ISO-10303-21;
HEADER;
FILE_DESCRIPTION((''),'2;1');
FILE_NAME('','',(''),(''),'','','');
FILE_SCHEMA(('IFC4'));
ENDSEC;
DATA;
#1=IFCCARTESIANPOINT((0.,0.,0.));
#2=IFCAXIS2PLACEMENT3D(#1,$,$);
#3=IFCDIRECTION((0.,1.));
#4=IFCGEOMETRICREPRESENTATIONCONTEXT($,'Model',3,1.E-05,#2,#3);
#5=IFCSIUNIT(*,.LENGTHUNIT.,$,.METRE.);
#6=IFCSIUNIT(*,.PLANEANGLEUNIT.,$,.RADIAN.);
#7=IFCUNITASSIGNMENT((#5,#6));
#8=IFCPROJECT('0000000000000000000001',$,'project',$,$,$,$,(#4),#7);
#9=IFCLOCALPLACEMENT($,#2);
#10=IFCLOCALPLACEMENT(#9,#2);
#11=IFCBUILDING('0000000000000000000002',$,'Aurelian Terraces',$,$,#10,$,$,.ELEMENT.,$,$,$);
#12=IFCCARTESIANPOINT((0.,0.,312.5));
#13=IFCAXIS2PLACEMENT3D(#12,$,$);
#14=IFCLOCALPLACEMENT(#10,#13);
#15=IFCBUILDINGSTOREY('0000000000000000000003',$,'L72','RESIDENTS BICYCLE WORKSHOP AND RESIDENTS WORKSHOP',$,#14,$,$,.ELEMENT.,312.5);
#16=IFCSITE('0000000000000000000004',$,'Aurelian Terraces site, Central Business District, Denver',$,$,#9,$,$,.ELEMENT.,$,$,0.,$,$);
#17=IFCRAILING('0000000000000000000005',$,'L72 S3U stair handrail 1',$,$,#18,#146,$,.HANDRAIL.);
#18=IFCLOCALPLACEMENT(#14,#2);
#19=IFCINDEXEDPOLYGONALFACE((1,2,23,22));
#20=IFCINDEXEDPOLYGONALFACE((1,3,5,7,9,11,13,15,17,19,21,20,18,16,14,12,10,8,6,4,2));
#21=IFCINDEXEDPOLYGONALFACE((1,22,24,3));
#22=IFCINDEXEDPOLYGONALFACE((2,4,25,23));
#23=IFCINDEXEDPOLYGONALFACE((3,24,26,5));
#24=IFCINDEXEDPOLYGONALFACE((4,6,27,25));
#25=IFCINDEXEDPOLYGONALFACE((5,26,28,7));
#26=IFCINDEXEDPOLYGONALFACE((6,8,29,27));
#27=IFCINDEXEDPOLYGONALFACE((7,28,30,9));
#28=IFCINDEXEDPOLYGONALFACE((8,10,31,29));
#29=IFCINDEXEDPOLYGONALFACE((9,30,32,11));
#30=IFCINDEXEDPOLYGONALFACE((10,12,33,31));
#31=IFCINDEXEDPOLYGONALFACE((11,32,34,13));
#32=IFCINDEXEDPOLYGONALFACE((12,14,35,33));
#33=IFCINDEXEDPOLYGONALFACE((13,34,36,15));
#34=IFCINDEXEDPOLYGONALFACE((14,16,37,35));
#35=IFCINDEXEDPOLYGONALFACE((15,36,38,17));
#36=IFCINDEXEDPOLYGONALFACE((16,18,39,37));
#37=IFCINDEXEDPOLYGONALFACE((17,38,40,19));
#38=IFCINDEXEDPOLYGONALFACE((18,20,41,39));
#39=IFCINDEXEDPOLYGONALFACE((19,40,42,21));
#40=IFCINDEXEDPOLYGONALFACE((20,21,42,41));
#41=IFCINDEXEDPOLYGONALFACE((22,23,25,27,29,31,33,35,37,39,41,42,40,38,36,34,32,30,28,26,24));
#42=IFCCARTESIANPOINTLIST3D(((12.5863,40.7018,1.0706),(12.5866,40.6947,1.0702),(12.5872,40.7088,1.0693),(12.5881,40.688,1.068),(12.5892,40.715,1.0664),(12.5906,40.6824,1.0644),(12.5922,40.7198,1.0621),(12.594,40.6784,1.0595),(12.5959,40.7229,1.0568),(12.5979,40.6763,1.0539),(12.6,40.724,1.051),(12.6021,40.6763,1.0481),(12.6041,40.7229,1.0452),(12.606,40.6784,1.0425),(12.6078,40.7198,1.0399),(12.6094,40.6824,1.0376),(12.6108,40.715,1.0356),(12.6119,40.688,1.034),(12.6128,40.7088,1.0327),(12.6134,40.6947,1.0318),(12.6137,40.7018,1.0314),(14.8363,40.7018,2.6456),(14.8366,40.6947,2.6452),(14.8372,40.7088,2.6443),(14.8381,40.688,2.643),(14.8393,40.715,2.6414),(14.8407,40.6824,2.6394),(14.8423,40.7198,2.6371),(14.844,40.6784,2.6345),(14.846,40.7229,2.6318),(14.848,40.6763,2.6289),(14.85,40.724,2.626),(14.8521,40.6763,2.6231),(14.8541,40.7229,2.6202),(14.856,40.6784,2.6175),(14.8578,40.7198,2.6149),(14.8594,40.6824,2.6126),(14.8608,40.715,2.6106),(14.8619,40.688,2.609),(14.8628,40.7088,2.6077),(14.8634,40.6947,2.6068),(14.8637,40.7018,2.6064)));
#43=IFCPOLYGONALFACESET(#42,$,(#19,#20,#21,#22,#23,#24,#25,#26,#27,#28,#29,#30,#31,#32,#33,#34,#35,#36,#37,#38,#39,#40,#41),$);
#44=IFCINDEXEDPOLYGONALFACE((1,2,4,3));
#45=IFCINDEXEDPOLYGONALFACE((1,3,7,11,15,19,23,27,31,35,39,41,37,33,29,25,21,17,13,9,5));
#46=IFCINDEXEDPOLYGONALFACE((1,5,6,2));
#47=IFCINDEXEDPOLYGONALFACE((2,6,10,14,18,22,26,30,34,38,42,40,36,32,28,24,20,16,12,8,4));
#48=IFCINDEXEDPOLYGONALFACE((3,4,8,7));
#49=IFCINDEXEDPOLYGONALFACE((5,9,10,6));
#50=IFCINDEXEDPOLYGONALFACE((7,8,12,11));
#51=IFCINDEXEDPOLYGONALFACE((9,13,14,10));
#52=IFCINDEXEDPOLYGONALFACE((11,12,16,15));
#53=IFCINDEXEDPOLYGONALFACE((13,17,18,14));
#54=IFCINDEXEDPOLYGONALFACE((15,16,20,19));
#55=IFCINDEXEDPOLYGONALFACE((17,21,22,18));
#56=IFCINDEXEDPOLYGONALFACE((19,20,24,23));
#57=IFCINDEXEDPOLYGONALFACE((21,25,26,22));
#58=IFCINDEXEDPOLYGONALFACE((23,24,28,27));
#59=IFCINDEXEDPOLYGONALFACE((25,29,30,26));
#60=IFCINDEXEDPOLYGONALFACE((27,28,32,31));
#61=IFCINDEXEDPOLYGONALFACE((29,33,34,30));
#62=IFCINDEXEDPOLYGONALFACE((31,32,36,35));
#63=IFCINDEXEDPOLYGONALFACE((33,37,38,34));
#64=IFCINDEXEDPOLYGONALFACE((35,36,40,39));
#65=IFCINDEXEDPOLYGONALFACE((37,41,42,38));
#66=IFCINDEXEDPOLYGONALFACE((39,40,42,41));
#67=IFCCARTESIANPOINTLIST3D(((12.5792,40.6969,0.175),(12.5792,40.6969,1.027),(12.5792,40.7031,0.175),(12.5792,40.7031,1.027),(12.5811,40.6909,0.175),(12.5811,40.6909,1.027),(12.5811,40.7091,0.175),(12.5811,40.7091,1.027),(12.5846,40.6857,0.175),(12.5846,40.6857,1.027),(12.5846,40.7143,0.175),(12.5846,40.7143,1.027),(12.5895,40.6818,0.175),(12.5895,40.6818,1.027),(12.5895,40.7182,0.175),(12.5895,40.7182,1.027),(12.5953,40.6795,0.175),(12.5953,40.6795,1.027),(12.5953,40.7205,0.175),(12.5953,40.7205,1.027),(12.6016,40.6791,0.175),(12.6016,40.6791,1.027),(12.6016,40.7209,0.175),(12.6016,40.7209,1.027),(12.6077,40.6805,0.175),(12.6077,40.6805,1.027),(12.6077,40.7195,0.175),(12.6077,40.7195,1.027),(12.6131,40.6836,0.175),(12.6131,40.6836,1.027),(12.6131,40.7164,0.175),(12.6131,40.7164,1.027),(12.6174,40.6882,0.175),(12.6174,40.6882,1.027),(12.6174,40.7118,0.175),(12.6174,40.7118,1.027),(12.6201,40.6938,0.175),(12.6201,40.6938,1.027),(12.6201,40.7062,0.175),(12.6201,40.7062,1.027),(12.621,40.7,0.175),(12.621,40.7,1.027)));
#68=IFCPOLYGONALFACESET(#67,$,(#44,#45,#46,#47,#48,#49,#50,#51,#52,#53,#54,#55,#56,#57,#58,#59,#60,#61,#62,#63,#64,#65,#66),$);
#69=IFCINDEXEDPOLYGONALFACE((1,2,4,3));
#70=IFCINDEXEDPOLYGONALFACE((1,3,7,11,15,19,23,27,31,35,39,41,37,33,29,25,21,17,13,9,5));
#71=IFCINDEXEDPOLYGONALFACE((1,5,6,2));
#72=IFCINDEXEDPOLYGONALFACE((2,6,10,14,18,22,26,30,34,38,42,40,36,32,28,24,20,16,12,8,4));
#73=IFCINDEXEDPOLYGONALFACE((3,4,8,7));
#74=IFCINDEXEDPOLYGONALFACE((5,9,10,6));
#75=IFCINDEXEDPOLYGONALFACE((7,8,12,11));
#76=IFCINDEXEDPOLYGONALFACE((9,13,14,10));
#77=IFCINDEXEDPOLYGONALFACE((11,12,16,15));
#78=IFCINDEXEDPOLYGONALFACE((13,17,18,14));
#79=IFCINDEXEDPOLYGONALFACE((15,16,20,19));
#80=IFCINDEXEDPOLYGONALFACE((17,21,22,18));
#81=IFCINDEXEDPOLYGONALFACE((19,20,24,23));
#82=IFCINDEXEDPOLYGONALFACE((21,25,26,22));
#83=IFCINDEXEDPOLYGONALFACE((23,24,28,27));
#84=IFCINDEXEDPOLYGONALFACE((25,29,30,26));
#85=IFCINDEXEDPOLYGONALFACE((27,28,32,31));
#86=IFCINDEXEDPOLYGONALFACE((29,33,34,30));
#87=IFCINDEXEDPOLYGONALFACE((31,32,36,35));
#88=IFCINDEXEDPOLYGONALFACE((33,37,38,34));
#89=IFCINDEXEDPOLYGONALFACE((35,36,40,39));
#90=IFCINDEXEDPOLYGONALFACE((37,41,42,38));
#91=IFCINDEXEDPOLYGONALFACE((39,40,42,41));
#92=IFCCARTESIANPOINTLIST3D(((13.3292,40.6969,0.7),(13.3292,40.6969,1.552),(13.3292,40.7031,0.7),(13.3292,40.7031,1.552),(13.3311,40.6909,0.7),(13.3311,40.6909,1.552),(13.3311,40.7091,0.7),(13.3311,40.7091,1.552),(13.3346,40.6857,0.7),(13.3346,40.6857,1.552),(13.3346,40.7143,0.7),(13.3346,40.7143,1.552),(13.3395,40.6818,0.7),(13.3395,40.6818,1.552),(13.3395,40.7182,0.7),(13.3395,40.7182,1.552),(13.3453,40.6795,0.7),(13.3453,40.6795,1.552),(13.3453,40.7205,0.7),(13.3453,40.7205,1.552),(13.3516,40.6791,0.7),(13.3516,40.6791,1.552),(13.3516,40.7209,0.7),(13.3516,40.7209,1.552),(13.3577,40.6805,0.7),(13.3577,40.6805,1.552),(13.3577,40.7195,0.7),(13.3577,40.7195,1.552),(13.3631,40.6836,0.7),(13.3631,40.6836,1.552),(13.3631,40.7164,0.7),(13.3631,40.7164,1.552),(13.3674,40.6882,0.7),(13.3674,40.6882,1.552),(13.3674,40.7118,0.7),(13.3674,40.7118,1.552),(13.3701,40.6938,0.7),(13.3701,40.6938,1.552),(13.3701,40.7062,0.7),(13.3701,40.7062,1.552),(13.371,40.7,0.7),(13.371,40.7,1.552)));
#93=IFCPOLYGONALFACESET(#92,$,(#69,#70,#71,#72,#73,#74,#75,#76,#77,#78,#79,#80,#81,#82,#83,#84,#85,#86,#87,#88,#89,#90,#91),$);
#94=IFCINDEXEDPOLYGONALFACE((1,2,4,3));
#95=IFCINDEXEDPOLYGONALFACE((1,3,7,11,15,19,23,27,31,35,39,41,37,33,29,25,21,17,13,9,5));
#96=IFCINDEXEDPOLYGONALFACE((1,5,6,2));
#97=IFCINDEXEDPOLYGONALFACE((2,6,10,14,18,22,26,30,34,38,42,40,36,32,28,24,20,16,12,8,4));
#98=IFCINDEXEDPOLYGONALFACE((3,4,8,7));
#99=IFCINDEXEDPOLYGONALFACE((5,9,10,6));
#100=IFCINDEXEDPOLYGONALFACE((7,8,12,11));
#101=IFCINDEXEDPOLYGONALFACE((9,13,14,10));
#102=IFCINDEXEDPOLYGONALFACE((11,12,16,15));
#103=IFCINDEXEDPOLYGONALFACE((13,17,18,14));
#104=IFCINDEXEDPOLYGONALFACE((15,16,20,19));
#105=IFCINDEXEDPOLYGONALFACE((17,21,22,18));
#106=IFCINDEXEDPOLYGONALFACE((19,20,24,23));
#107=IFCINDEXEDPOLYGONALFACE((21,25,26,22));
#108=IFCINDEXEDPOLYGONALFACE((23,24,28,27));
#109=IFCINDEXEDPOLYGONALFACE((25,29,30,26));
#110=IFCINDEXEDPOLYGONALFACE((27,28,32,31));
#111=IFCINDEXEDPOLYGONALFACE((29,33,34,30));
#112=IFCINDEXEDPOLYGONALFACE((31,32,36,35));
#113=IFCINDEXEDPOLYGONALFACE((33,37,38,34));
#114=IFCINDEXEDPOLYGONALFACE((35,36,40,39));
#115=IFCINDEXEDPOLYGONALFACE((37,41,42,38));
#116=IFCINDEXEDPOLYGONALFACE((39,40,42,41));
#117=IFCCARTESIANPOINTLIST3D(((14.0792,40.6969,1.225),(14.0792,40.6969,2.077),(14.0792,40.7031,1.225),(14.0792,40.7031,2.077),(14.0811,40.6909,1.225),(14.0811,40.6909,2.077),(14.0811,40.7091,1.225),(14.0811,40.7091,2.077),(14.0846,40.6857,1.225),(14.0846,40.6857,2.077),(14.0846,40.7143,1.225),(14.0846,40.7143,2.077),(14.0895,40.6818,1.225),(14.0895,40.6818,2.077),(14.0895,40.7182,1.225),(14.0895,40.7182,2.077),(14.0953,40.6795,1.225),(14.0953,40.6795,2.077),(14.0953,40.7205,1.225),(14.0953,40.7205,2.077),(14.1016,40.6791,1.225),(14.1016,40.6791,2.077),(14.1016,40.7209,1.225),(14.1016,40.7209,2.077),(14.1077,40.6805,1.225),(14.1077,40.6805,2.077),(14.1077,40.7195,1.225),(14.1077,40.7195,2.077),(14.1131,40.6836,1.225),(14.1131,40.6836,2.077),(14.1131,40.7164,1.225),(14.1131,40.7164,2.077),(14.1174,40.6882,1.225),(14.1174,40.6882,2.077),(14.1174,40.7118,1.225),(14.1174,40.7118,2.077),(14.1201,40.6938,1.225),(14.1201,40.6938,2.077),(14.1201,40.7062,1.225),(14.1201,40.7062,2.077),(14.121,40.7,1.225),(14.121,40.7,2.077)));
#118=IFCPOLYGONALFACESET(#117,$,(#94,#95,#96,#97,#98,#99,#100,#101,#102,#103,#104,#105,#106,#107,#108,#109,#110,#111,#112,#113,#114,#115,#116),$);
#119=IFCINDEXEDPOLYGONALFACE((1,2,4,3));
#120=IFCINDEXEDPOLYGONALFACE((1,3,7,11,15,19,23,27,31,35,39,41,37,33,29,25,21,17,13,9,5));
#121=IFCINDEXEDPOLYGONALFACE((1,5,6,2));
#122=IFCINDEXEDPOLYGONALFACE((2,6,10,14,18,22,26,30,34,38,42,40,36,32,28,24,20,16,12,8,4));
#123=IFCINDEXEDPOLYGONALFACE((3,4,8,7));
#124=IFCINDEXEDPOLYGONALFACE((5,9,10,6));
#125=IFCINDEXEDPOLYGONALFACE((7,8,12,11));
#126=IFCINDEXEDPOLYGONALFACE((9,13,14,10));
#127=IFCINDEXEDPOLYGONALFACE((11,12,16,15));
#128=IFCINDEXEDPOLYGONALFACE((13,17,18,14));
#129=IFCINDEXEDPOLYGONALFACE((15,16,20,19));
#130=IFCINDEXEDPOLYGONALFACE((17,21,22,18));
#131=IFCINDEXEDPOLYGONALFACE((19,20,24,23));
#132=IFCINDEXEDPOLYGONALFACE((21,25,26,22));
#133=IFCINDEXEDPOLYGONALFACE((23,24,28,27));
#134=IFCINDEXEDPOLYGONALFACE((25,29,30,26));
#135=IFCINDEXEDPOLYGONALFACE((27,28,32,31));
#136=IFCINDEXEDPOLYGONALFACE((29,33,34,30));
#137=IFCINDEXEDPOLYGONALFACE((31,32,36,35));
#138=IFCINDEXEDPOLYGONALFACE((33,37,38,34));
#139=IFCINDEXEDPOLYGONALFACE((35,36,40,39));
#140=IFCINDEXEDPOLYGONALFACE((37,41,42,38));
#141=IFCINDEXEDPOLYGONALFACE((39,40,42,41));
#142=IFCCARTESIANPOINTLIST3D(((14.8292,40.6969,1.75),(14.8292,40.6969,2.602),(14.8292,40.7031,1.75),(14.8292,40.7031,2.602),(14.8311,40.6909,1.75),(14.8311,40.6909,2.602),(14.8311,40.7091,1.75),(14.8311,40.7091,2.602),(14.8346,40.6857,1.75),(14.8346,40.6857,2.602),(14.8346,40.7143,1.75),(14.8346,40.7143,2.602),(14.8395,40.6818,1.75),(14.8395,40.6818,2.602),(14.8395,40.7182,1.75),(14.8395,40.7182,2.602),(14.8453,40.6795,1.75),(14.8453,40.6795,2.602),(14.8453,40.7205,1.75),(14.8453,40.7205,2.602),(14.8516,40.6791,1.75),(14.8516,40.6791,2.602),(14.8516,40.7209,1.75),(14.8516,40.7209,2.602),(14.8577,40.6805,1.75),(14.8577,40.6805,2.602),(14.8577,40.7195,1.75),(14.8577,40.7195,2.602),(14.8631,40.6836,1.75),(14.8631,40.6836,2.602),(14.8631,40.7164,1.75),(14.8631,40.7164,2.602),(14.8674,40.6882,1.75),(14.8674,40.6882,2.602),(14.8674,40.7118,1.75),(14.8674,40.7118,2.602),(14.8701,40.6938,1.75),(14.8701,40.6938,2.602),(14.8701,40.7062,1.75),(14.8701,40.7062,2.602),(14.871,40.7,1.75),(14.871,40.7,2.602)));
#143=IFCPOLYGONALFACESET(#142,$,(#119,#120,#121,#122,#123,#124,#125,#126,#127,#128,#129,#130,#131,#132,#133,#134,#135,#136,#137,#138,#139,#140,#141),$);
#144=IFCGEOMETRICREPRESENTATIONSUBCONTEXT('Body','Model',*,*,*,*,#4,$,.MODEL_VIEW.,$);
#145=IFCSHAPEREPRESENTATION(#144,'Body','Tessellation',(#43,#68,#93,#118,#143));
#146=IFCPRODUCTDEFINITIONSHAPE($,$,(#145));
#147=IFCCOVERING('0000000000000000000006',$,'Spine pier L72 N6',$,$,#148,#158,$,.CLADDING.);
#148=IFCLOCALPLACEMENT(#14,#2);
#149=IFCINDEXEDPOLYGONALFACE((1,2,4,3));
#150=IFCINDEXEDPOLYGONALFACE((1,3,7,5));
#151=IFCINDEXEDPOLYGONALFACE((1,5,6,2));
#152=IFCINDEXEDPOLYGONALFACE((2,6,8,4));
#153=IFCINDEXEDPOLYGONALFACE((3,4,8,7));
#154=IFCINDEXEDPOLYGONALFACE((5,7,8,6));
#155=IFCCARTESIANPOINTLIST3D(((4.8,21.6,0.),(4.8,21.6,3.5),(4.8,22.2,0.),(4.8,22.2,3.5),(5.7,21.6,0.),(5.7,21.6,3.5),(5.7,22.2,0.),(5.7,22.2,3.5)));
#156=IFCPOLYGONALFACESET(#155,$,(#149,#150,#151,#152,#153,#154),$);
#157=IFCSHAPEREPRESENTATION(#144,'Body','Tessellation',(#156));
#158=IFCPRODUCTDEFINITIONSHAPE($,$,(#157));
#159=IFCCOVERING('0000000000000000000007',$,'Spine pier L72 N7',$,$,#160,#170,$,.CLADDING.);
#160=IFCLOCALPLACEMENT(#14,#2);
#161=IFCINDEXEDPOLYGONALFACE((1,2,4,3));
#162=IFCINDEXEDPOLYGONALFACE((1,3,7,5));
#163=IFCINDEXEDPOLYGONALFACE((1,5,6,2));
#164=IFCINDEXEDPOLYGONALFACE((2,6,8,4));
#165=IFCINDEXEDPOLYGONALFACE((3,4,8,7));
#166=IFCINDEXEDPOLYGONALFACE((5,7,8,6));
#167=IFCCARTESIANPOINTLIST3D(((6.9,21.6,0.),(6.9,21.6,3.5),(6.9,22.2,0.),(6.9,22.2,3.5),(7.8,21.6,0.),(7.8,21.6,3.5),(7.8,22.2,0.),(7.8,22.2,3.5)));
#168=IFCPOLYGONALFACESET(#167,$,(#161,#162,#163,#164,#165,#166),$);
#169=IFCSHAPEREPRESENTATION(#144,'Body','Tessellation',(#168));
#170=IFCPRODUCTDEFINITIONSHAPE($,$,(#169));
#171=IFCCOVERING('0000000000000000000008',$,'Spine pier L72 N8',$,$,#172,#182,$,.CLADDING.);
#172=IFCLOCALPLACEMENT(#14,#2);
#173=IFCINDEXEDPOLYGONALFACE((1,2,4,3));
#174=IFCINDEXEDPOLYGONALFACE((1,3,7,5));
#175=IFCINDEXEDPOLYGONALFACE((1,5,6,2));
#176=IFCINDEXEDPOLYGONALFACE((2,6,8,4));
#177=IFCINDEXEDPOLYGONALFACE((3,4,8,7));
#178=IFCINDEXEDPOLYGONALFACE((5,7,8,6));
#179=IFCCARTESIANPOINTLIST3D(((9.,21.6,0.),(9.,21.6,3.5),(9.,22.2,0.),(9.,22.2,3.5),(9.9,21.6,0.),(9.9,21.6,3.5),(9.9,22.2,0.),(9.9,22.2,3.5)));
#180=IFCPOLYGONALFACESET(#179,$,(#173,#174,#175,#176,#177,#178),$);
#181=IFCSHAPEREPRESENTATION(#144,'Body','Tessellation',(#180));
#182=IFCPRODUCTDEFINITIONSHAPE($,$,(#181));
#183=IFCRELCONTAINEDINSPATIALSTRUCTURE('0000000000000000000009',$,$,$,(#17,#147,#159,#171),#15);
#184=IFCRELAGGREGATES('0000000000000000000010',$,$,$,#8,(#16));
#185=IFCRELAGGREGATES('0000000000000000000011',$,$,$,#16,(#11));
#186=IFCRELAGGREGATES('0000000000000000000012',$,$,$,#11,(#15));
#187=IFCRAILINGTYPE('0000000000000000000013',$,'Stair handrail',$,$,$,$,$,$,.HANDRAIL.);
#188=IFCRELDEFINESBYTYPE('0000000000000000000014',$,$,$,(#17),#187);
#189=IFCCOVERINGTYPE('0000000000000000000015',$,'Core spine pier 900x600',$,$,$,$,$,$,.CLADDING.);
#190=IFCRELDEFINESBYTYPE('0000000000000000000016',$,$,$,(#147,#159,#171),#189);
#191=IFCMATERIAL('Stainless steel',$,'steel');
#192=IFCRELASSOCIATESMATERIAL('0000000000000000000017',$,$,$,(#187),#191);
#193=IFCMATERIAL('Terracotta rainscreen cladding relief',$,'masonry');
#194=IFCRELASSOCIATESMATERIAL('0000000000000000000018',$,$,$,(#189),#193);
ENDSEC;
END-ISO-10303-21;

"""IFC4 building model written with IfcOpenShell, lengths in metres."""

from ifc_helpers import new_model, si_unit, direction, frame, origin, origin_2d, place, context, subcontext, project, spatial, rectangle, circle, extrude, source, transform, mapped, material, type_object, element, save


model = new_model("IFC4")

# Units and contexts
model_context = context("Model", 3, precision=1e-05, world=origin(), true_north=direction((0.0, 1.0)))
body_context = subcontext(model_context, "Body", "Model", "MODEL_VIEW")
ifc_project = project(units=[si_unit("LENGTHUNIT", "METRE"), si_unit("PLANEANGLEUNIT", "RADIAN")], contexts=[model_context])

# Site, building, storey
site_placement = place(None, origin())
site = spatial("IfcSite", under=ifc_project, at=site_placement, Name="Aurelian Terraces site, Central Business District, Denver", CompositionType="ELEMENT", RefElevation=0.0)
building_placement = place(site_placement, origin())
building = spatial("IfcBuilding", under=site, at=building_placement, Name="Aurelian Terraces", CompositionType="ELEMENT")
storey_placement = place(building_placement, frame((0.0, 0.0, 312.5)))
storey = spatial("IfcBuildingStorey", under=building, at=storey_placement, Name="L72", Description="RESIDENTS BICYCLE WORKSHOP AND RESIDENTS WORKSHOP", CompositionType="ELEMENT", Elevation=312.5)

# Shared definitions
ifc_material_1 = material(Name="Terracotta rainscreen cladding relief", Category="masonry")

# Railing
ifc_material_2 = material(Name="Stainless steel", Category="steel")
railing_type_1 = type_object("IfcRailingType", Name="Stair handrail", PredefinedType="HANDRAIL", material=ifc_material_2)
shared_shape_1 = source(origin(), body_context, "Body", "SweptSolid", [
    extrude(circle(Radius=0.024, at=origin_2d()), frame((0.0, 0.0, 0.876), z_axis=(0.819232, 0.0, 0.573462), x_axis=(0.0, 1.0, 0.0)), (0.0, 0.0, 1.0), 2.7465),
    extrude(circle(Radius=0.021, at=origin_2d()), origin(), (0.0, 0.0, 1.0), 0.852),
    extrude(circle(Radius=0.021, at=origin_2d()), frame((0.75, 0.0, 0.525)), (0.0, 0.0, 1.0), 0.852),
    extrude(circle(Radius=0.021, at=origin_2d()), frame((1.5, 0.0, 1.05)), (0.0, 0.0, 1.0), 0.852),
    extrude(circle(Radius=0.021, at=origin_2d()), frame((2.25, 0.0, 1.575)), (0.0, 0.0, 1.0), 0.852),
])
railing_1_placement = place(storey_placement, frame((12.6, 40.7, 0.175)))
element("IfcRailing", 1, at=railing_1_placement, inside=storey, type_object=railing_type_1, Name="L72 S3U stair handrail 1", PredefinedType="HANDRAIL", context=body_context, shape_type="MappedRepresentation", body=[
    mapped(shared_shape_1, transform((0.0, 0.0, 0.0), scale=1.0)),
])

# Coverings
covering_type_1 = type_object("IfcCoveringType", Name="Core spine pier 900x600", PredefinedType="CLADDING", material=ifc_material_1)
shared_shape_2 = source(origin(), body_context, "Body", "SweptSolid", [
    extrude(rectangle(XDim=0.9, YDim=0.6, at=origin_2d()), origin(), (0.0, 0.0, 1.0), 3.5),
])
for number, where, z_axis, x_axis, name in (
    (2, (5.25, 21.9, 0.0), (0.0, 0.0, 1.0), (1.0, 0.0, 0.0), "Spine pier L72 N6"),
    (3, (7.35, 21.9, 0.0), (0.0, 0.0, 1.0), (1.0, 0.0, 0.0), "Spine pier L72 N7"),
    (4, (9.45, 21.9, 0.0), (0.0, 0.0, 1.0), (1.0, 0.0, 0.0), "Spine pier L72 N8"),
):
    element("IfcCovering", number, at=place(storey_placement, frame(where, z_axis=z_axis, x_axis=x_axis)), inside=storey, type_object=covering_type_1, Name=name, PredefinedType="CLADDING", context=body_context, shape_type="MappedRepresentation", body=[
        mapped(shared_shape_2, transform((0.0, 0.0, 0.0), scale=1.0)),
    ])

save(model, "model.ifc")
